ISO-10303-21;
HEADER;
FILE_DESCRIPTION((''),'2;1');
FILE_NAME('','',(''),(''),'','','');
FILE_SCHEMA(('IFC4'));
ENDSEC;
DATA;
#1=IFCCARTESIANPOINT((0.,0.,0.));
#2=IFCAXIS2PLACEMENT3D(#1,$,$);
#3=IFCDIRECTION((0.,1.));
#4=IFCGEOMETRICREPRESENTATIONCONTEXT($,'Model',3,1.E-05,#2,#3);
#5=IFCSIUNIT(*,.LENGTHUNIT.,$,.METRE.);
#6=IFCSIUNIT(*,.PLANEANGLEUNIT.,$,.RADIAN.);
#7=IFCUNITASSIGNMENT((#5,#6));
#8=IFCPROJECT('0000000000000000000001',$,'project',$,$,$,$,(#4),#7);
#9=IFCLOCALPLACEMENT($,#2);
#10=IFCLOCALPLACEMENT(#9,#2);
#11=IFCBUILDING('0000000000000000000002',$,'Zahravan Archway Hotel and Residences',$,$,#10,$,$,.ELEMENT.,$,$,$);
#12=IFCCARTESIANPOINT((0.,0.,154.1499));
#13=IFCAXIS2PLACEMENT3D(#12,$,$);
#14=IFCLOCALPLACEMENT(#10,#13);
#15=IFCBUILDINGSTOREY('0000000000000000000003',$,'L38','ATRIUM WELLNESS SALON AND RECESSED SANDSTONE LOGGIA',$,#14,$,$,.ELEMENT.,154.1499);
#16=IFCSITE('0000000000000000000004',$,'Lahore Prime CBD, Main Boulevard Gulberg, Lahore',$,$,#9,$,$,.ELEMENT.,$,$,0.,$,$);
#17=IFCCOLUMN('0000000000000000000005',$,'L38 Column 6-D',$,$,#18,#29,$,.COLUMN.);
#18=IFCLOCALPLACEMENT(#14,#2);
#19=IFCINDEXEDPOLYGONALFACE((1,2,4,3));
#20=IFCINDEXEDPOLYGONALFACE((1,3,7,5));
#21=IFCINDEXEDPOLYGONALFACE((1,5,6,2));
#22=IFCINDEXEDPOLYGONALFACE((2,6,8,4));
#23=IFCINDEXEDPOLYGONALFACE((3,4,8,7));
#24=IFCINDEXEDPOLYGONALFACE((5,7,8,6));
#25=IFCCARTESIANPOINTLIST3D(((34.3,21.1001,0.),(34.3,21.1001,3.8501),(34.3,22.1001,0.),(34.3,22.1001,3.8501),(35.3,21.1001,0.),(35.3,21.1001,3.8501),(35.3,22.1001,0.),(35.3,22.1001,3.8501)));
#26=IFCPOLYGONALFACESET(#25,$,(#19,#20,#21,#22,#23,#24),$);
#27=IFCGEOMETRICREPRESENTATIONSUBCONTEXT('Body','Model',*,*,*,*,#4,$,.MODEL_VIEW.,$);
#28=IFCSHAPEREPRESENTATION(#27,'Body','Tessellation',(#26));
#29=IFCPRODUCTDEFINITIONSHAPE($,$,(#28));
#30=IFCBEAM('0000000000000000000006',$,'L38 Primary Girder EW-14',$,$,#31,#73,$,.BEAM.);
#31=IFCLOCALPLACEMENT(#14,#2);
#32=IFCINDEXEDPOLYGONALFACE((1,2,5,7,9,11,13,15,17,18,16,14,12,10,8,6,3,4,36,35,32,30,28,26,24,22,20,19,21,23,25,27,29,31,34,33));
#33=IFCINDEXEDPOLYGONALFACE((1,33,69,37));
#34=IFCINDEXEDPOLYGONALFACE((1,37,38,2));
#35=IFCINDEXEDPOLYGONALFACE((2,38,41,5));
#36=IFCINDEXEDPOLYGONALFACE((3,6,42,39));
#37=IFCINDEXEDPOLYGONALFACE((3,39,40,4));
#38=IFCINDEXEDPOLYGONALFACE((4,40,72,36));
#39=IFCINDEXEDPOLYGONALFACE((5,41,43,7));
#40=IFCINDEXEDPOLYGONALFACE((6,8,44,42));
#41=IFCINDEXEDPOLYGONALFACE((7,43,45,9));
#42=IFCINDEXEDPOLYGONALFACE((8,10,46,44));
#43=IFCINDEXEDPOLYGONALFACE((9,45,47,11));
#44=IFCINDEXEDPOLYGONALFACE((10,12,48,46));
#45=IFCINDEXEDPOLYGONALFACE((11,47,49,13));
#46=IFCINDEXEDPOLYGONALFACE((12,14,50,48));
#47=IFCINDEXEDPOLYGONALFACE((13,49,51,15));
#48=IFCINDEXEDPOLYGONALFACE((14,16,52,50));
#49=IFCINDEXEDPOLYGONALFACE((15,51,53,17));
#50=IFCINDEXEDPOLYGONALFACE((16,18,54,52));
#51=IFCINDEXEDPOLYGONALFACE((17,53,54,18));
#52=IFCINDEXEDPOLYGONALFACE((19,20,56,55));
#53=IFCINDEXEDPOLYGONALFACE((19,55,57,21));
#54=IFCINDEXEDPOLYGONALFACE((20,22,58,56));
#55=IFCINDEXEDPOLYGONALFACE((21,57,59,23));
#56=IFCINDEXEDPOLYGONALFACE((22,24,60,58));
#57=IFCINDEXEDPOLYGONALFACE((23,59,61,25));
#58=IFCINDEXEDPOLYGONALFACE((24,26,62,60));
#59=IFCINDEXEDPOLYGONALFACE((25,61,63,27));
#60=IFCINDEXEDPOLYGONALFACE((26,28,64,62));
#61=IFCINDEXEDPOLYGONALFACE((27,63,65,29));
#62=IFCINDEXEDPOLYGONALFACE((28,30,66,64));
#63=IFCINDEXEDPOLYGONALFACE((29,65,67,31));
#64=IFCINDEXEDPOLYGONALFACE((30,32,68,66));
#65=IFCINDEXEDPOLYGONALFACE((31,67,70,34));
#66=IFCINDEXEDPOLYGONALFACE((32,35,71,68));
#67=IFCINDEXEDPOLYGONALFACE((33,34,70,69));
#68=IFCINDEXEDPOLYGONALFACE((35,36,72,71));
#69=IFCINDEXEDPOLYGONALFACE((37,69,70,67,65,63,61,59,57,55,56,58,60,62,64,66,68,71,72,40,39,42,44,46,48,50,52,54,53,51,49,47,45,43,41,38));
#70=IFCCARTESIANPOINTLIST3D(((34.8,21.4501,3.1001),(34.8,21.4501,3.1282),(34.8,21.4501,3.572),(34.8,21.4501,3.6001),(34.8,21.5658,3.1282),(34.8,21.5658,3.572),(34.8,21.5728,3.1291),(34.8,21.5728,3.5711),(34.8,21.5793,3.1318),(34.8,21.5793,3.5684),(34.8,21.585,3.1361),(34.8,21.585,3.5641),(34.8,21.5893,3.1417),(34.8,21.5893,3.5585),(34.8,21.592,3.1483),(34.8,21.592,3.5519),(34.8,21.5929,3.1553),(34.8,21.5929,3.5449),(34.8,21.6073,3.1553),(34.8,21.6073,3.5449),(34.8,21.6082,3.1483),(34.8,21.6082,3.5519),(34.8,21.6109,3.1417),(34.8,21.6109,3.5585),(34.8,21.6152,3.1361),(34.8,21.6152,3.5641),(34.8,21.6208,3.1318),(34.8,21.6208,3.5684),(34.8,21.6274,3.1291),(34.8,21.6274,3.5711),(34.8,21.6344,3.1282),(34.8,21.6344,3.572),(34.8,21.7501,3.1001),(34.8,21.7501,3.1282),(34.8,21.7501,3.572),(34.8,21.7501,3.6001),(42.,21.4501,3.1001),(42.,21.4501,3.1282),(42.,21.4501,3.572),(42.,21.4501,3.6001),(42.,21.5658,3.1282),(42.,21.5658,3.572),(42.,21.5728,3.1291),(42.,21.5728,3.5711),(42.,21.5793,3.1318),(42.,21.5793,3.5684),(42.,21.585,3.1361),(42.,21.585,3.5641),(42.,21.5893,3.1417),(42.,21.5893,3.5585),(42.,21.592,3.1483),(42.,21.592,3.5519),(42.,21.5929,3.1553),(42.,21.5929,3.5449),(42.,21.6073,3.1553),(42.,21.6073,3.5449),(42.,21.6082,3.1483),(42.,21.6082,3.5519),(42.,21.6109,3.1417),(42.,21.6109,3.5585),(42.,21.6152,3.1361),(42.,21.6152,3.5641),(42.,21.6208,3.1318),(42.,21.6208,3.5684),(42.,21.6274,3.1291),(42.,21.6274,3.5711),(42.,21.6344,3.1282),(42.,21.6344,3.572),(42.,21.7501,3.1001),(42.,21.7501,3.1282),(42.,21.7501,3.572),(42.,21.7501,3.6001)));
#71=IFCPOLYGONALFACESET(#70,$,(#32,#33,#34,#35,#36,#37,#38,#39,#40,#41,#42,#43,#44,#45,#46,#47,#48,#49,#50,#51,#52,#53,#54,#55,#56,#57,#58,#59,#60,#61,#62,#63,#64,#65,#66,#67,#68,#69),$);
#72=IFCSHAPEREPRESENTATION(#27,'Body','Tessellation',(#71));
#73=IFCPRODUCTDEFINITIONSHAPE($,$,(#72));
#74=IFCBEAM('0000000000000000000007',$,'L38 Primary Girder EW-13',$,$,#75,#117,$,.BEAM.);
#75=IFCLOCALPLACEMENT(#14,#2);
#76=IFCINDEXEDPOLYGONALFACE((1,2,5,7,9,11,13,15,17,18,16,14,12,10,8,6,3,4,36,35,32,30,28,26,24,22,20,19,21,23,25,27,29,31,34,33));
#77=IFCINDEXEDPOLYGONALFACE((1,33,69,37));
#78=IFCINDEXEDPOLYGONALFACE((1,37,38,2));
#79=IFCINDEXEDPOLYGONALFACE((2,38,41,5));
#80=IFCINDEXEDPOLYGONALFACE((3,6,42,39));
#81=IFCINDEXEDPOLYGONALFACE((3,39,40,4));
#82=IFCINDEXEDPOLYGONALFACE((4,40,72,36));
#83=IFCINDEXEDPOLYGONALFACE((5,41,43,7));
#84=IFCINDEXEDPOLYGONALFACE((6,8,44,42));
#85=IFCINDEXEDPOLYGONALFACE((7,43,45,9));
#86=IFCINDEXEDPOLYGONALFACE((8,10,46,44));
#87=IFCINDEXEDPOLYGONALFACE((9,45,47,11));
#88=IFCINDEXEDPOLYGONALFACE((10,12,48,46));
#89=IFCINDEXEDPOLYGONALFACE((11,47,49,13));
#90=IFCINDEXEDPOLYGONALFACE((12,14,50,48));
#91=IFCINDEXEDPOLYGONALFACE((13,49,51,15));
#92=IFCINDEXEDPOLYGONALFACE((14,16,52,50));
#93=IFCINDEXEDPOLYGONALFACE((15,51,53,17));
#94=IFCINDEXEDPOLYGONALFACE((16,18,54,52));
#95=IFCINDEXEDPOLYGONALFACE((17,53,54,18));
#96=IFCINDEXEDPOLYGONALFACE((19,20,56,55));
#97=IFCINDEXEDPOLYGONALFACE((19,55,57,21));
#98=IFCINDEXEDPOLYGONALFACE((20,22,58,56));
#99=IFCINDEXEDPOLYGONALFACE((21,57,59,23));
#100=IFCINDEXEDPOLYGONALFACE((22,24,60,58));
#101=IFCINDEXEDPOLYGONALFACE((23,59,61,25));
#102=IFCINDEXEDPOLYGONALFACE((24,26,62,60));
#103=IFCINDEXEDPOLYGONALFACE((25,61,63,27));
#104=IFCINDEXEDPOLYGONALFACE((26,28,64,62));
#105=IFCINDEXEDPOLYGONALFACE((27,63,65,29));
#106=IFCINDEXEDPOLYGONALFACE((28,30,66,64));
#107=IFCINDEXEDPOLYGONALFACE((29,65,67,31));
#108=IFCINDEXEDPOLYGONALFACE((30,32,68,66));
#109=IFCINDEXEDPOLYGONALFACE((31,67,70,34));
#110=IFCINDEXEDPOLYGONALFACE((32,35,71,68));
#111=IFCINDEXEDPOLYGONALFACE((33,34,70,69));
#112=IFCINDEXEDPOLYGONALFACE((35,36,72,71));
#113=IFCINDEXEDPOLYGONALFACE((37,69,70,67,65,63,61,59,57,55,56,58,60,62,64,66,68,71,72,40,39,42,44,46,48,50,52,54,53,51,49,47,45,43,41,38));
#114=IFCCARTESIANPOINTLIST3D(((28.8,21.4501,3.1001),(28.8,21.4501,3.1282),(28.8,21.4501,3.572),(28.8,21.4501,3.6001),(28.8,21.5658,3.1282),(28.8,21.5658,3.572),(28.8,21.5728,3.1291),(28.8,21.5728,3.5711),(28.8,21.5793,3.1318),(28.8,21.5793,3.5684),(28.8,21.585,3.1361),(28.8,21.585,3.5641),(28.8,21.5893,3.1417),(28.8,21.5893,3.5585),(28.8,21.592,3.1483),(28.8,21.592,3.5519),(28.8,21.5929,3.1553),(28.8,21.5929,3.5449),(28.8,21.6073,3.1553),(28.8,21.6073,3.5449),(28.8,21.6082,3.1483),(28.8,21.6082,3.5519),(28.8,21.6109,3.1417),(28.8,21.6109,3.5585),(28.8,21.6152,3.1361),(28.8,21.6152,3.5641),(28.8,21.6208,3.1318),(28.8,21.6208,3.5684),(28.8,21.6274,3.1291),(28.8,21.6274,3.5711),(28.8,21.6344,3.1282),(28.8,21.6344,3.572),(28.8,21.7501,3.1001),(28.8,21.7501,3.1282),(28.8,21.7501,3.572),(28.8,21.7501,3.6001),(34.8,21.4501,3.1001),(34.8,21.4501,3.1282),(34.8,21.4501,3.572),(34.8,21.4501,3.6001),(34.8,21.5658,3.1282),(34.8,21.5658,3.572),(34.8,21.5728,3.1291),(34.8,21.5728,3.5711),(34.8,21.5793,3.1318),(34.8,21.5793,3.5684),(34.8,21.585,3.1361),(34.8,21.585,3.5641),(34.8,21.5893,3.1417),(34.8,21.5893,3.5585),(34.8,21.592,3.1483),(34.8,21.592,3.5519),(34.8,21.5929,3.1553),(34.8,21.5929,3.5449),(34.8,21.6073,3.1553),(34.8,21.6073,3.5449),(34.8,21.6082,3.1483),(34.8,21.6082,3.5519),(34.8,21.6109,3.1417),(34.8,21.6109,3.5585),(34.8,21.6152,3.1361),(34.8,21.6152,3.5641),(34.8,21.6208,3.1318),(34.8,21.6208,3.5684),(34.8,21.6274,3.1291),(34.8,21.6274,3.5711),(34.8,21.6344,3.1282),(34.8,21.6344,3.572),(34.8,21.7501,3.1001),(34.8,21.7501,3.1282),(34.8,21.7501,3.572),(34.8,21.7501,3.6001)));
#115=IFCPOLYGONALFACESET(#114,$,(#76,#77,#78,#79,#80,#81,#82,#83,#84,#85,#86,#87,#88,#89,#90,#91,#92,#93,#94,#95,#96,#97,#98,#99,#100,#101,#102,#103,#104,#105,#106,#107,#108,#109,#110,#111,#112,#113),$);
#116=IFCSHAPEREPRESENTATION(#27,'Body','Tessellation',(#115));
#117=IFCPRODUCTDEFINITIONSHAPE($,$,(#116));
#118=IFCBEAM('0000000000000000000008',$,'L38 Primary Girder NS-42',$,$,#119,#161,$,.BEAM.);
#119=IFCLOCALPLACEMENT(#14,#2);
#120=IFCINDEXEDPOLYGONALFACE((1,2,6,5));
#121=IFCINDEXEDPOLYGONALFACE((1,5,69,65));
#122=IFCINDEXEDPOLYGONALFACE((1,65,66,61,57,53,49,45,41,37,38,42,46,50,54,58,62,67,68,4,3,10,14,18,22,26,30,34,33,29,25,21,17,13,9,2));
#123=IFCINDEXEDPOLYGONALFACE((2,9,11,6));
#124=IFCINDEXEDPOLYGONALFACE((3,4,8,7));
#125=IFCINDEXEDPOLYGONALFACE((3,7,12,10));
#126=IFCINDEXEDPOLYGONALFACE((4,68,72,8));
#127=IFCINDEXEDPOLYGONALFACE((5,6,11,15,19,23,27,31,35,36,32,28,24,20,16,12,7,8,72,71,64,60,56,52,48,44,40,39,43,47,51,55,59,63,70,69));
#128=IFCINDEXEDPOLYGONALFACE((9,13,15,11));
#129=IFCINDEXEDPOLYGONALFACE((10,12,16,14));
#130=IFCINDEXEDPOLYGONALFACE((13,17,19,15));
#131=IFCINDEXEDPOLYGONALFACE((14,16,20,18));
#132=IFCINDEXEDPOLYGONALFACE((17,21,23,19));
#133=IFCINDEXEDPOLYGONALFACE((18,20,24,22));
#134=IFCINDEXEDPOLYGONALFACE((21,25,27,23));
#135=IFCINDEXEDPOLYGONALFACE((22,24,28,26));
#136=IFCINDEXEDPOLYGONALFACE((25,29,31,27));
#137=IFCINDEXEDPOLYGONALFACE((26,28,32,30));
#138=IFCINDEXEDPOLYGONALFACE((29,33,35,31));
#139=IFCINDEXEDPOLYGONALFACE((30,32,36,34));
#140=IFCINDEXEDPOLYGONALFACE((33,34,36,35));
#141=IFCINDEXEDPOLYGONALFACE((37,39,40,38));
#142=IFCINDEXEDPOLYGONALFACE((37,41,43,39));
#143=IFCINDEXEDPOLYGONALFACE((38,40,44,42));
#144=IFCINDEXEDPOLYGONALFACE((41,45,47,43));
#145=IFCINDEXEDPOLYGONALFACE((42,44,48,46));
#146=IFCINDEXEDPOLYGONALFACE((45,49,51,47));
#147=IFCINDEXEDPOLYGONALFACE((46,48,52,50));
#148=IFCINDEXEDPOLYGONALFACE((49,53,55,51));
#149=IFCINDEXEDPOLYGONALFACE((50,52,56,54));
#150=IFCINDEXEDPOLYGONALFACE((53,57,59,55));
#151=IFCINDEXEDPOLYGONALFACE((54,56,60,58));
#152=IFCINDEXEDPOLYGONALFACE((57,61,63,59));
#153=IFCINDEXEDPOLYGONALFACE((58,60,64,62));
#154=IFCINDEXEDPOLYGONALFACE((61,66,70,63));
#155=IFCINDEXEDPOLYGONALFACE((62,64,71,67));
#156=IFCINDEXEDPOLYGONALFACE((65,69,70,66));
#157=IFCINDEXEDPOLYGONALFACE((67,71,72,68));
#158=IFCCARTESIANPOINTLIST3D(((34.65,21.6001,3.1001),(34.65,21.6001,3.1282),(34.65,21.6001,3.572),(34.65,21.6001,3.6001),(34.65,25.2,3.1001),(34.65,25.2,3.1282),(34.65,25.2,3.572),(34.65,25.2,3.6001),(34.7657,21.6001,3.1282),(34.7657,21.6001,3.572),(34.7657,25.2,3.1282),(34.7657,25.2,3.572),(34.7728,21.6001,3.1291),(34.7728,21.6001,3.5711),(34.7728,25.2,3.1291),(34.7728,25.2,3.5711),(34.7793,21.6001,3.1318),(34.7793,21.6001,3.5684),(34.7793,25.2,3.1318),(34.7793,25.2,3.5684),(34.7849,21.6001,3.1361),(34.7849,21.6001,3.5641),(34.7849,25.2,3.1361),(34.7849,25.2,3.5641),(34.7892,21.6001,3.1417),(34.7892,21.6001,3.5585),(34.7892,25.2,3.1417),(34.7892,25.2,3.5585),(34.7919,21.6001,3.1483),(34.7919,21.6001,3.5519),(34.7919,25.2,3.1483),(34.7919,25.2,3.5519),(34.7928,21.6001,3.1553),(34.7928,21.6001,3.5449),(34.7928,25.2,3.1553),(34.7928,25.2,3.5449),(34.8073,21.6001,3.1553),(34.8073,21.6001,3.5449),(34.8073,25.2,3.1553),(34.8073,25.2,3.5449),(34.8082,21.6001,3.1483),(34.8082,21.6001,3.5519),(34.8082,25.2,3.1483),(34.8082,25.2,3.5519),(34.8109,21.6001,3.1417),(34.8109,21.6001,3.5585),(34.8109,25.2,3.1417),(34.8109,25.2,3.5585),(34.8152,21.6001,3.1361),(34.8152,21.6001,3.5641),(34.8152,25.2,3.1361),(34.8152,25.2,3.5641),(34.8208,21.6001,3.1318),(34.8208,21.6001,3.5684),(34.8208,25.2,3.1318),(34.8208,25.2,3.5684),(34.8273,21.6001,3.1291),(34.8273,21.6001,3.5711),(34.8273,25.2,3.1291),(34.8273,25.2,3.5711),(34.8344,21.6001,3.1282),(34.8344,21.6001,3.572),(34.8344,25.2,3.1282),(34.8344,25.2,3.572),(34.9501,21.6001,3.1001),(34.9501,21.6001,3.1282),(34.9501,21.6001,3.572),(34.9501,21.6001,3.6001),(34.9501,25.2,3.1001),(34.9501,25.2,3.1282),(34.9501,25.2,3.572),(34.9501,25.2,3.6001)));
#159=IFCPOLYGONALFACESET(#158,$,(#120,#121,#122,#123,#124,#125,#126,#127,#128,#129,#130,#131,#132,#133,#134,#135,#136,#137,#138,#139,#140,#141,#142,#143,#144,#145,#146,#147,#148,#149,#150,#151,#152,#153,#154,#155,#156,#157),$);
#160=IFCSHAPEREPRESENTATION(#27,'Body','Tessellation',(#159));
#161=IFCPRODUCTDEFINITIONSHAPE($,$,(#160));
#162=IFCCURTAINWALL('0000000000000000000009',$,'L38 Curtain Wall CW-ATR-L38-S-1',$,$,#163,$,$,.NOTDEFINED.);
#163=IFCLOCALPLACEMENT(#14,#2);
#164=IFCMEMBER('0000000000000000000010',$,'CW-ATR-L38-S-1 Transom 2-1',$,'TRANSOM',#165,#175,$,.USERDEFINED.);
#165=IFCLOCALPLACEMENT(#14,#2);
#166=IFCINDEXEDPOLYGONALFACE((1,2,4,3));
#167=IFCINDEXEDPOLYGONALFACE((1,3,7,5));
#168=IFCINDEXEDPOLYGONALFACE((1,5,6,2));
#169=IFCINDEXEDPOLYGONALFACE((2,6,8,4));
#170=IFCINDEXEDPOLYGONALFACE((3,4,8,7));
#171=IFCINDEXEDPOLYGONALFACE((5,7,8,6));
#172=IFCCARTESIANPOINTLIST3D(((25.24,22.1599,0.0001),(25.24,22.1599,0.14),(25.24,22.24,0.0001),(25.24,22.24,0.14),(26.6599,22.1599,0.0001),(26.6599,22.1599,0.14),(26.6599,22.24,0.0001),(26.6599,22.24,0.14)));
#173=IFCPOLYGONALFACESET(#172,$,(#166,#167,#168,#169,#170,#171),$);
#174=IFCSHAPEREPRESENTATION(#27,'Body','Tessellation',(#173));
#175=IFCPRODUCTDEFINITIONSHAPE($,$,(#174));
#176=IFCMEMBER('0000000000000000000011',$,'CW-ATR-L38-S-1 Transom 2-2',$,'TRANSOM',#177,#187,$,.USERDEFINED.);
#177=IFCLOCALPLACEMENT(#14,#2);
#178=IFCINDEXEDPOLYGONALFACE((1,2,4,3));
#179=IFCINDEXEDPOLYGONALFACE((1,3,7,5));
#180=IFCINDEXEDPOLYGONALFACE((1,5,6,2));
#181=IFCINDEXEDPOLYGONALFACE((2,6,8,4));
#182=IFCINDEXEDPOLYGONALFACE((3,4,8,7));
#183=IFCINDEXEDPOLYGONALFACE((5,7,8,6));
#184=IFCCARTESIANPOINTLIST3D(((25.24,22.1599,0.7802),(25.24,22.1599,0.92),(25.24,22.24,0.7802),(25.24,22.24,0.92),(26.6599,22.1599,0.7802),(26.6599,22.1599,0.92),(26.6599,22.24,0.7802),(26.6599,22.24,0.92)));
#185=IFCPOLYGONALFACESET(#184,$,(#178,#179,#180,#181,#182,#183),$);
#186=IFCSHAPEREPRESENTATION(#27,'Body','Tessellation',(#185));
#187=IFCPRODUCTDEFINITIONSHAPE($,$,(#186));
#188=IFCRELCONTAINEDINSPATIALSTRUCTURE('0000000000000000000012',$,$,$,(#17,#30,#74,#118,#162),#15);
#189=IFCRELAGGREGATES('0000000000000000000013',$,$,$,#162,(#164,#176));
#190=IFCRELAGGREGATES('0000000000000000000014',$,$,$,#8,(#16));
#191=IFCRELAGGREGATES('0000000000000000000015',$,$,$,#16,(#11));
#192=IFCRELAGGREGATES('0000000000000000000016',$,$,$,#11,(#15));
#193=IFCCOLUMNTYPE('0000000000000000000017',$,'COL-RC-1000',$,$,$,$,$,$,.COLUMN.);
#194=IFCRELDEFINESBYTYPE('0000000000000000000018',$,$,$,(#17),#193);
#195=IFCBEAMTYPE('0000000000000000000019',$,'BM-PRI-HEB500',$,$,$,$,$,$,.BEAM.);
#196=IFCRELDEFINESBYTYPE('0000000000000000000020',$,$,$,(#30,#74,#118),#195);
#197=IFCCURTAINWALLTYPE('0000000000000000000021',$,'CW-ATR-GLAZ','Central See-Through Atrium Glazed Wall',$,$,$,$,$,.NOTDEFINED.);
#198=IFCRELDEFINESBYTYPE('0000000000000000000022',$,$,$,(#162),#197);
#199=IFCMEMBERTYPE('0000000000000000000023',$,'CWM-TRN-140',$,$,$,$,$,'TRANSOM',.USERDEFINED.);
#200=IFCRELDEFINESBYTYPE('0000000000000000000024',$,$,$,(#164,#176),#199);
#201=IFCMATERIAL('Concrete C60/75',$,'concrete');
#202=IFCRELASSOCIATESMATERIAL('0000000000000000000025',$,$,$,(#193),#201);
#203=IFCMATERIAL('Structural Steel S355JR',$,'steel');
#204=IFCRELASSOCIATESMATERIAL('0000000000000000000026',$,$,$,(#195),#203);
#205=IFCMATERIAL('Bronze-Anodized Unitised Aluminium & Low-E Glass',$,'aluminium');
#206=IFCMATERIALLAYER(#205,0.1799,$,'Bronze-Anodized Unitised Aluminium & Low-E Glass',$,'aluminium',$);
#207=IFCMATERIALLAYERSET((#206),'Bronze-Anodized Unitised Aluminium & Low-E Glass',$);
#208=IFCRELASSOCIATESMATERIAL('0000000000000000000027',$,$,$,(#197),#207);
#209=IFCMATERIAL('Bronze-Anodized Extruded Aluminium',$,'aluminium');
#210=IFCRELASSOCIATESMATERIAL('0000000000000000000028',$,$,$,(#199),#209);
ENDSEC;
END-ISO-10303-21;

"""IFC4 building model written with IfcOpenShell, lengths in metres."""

from ifc_helpers import new_model, si_unit, direction, frame, origin, origin_2d, place, context, subcontext, project, spatial, rectangle, i_section, extrude, source, transform, mapped, material, layer, layer_set, material_profile, profile_set, type_object, element, aggregate, save


model = new_model("IFC4")

# Units and contexts
model_context = context("Model", 3, precision=1e-05, world=origin(), true_north=direction((0.0, 1.0)))
body_context = subcontext(model_context, "Body", "Model", "MODEL_VIEW")
ifc_project = project(units=[si_unit("LENGTHUNIT", "METRE"), si_unit("PLANEANGLEUNIT", "RADIAN")], contexts=[model_context])

# Site, building, storey
site_placement = place(None, origin())
site = spatial("IfcSite", under=ifc_project, at=site_placement, Name="Lahore Prime CBD, Main Boulevard Gulberg, Lahore", CompositionType="ELEMENT", RefElevation=0.0)
building_placement = place(site_placement, origin())
building = spatial("IfcBuilding", under=site, at=building_placement, Name="Zahravan Archway Hotel and Residences", CompositionType="ELEMENT")
storey_placement = place(building_placement, frame((0.0, 0.0, 154.1499)))
storey = spatial("IfcBuildingStorey", under=building, at=storey_placement, Name="L38", Description="ATRIUM WELLNESS SALON AND RECESSED SANDSTONE LOGGIA", CompositionType="ELEMENT", Elevation=154.1499)

# Column
ifc_material_1 = material(Name="Concrete C60/75", Category="concrete")
ifc_material_profile_1 = material_profile(ifc_material_1, rectangle(XDim=1.0, YDim=1.0, at=origin_2d()), Name="RC-COL-1000x1000", Category="concrete")
ifc_profile_set_1 = profile_set([ifc_material_profile_1], Name="Concrete C60/75")
column_type = type_object("IfcColumnType", Name="COL-RC-1000", PredefinedType="COLUMN", material=ifc_profile_set_1)
shared_shape_1 = source(origin(), body_context, "Body", "SweptSolid", [
    extrude(rectangle(XDim=1.0, YDim=1.0, at=origin_2d()), origin(), (0.0, 0.0, 1.0), 3.8501),
])
column_placement = place(storey_placement, frame((34.8, 21.6001, 0.0), z_axis=(0.0, 0.0, 1.0), x_axis=(1.0, 0.0, 0.0)))
element("IfcColumn", 1, at=column_placement, inside=storey, type_object=column_type, Name="L38 Column 6-D", PredefinedType="COLUMN", context=body_context, shape_type="MappedRepresentation", body=[
    mapped(shared_shape_1, transform((0.0, 0.0, 0.0), scale=1.0)),
])

# Beams
ifc_material_2 = material(Name="Structural Steel S355JR", Category="steel")
ifc_material_profile_2 = material_profile(ifc_material_2, i_section(OverallWidth=0.3, OverallDepth=0.5, WebThickness=0.0144, FlangeThickness=0.0281, FilletRadius=0.0271, at=origin_2d()), Name="HEB 500", Category="steel")
ifc_profile_set_2 = profile_set([ifc_material_profile_2], Name="Structural Steel S355JR")
beam_type = type_object("IfcBeamType", Name="BM-PRI-HEB500", PredefinedType="BEAM", material=ifc_profile_set_2)
shared_shape_2 = source(origin(), body_context, "Body", "SweptSolid", [
    extrude(i_section(OverallWidth=0.3, OverallDepth=0.5, WebThickness=0.0144, FlangeThickness=0.0281, FilletRadius=0.0271, at=origin_2d()), origin(), (0.0, 0.0, 1.0), 7.2),
])
beam_1_placement = place(storey_placement, frame((34.8, 21.6001, 3.3501), z_axis=(1.0, 0.0, 0.0), x_axis=(0.0, 1.0, 0.0)))
element("IfcBeam", 2, at=beam_1_placement, inside=storey, type_object=beam_type, Name="L38 Primary Girder EW-14", PredefinedType="BEAM", context=body_context, shape_type="MappedRepresentation", body=[
    mapped(shared_shape_2, transform((0.0, 0.0, 0.0), scale=1.0)),
])
shared_shape_3 = source(origin(), body_context, "Body", "SweptSolid", [
    extrude(i_section(OverallWidth=0.3, OverallDepth=0.5, WebThickness=0.0144, FlangeThickness=0.0281, FilletRadius=0.0271, at=origin_2d()), origin(), (0.0, 0.0, 1.0), 6.0),
])
beam_2_placement = place(storey_placement, frame((28.8, 21.6001, 3.3501), z_axis=(1.0, 0.0, 0.0), x_axis=(0.0, 1.0, 0.0)))
element("IfcBeam", 3, at=beam_2_placement, inside=storey, type_object=beam_type, Name="L38 Primary Girder EW-13", PredefinedType="BEAM", context=body_context, shape_type="MappedRepresentation", body=[
    mapped(shared_shape_3, transform((0.0, 0.0, 0.0), scale=1.0)),
])
shared_shape_4 = source(origin(), body_context, "Body", "SweptSolid", [
    extrude(i_section(OverallWidth=0.3, OverallDepth=0.5, WebThickness=0.0144, FlangeThickness=0.0281, FilletRadius=0.0271, at=origin_2d()), origin(), (0.0, 0.0, 1.0), 3.5999),
])
beam_3_placement = place(storey_placement, frame((34.8, 21.6001, 3.3501), z_axis=(0.0, 1.0, 0.0), x_axis=(-1.0, 0.0, 0.0)))
element("IfcBeam", 4, at=beam_3_placement, inside=storey, type_object=beam_type, Name="L38 Primary Girder NS-42", PredefinedType="BEAM", context=body_context, shape_type="MappedRepresentation", body=[
    mapped(shared_shape_4, transform((0.0, 0.0, 0.0), scale=1.0)),
])

# Curtain wall, members
ifc_material_3 = material(Name="Bronze-Anodized Unitised Aluminium & Low-E Glass", Category="aluminium")
ifc_layer_1 = layer(ifc_material_3, 0.1799, Name="Bronze-Anodized Unitised Aluminium & Low-E Glass", Category="aluminium")
ifc_layer_set_1 = layer_set([ifc_layer_1], Name="Bronze-Anodized Unitised Aluminium & Low-E Glass")
curtain_wall_type = type_object("IfcCurtainWallType", Name="CW-ATR-GLAZ", Description="Central See-Through Atrium Glazed Wall", PredefinedType="NOTDEFINED", material=ifc_layer_set_1)
curtain_wall_placement = place(storey_placement, origin())
curtain_wall = element("IfcCurtainWall", 5, at=curtain_wall_placement, inside=storey, type_object=curtain_wall_type, Name="L38 Curtain Wall CW-ATR-L38-S-1", PredefinedType="NOTDEFINED")
ifc_material_4 = material(Name="Bronze-Anodized Extruded Aluminium", Category="aluminium")
ifc_material_profile_3 = material_profile(ifc_material_4, rectangle(XDim=0.0801, YDim=0.1399, at=origin_2d()), Name="TRN 80x140", Category="aluminium")
ifc_profile_set_3 = profile_set([ifc_material_profile_3], Name="Bronze-Anodized Extruded Aluminium")
member_type_1 = type_object("IfcMemberType", Name="CWM-TRN-140", ElementType="TRANSOM", PredefinedType="USERDEFINED", material=ifc_profile_set_3)
shared_shape_5 = source(origin(), body_context, "Body", "SweptSolid", [
    extrude(rectangle(XDim=0.0801, YDim=0.1399, at=origin_2d()), origin(), (0.0, 0.0, 1.0), 1.4199),
])
member_1_placement = place(storey_placement, frame((25.24, 22.2, 0.0701), z_axis=(1.0, 0.0, 0.0), x_axis=(0.0, 1.0, 0.0)))
member_1 = element("IfcMember", 6, at=member_1_placement, type_object=member_type_1, Name="CW-ATR-L38-S-1 Transom 2-1", ObjectType="TRANSOM", PredefinedType="USERDEFINED", context=body_context, shape_type="MappedRepresentation", body=[
    mapped(shared_shape_5, transform((0.0, 0.0, 0.0), scale=1.0)),
])
member_2_placement = place(storey_placement, frame((25.24, 22.2, 0.8501), z_axis=(1.0, 0.0, 0.0), x_axis=(0.0, 1.0, 0.0)))
member_2 = element("IfcMember", 7, at=member_2_placement, type_object=member_type_1, Name="CW-ATR-L38-S-1 Transom 2-2", ObjectType="TRANSOM", PredefinedType="USERDEFINED", context=body_context, shape_type="MappedRepresentation", body=[
    mapped(shared_shape_5, transform((0.0, 0.0, 0.0), scale=1.0)),
])
aggregate(curtain_wall, [member_1, member_2])

save(model, "model.ifc")
